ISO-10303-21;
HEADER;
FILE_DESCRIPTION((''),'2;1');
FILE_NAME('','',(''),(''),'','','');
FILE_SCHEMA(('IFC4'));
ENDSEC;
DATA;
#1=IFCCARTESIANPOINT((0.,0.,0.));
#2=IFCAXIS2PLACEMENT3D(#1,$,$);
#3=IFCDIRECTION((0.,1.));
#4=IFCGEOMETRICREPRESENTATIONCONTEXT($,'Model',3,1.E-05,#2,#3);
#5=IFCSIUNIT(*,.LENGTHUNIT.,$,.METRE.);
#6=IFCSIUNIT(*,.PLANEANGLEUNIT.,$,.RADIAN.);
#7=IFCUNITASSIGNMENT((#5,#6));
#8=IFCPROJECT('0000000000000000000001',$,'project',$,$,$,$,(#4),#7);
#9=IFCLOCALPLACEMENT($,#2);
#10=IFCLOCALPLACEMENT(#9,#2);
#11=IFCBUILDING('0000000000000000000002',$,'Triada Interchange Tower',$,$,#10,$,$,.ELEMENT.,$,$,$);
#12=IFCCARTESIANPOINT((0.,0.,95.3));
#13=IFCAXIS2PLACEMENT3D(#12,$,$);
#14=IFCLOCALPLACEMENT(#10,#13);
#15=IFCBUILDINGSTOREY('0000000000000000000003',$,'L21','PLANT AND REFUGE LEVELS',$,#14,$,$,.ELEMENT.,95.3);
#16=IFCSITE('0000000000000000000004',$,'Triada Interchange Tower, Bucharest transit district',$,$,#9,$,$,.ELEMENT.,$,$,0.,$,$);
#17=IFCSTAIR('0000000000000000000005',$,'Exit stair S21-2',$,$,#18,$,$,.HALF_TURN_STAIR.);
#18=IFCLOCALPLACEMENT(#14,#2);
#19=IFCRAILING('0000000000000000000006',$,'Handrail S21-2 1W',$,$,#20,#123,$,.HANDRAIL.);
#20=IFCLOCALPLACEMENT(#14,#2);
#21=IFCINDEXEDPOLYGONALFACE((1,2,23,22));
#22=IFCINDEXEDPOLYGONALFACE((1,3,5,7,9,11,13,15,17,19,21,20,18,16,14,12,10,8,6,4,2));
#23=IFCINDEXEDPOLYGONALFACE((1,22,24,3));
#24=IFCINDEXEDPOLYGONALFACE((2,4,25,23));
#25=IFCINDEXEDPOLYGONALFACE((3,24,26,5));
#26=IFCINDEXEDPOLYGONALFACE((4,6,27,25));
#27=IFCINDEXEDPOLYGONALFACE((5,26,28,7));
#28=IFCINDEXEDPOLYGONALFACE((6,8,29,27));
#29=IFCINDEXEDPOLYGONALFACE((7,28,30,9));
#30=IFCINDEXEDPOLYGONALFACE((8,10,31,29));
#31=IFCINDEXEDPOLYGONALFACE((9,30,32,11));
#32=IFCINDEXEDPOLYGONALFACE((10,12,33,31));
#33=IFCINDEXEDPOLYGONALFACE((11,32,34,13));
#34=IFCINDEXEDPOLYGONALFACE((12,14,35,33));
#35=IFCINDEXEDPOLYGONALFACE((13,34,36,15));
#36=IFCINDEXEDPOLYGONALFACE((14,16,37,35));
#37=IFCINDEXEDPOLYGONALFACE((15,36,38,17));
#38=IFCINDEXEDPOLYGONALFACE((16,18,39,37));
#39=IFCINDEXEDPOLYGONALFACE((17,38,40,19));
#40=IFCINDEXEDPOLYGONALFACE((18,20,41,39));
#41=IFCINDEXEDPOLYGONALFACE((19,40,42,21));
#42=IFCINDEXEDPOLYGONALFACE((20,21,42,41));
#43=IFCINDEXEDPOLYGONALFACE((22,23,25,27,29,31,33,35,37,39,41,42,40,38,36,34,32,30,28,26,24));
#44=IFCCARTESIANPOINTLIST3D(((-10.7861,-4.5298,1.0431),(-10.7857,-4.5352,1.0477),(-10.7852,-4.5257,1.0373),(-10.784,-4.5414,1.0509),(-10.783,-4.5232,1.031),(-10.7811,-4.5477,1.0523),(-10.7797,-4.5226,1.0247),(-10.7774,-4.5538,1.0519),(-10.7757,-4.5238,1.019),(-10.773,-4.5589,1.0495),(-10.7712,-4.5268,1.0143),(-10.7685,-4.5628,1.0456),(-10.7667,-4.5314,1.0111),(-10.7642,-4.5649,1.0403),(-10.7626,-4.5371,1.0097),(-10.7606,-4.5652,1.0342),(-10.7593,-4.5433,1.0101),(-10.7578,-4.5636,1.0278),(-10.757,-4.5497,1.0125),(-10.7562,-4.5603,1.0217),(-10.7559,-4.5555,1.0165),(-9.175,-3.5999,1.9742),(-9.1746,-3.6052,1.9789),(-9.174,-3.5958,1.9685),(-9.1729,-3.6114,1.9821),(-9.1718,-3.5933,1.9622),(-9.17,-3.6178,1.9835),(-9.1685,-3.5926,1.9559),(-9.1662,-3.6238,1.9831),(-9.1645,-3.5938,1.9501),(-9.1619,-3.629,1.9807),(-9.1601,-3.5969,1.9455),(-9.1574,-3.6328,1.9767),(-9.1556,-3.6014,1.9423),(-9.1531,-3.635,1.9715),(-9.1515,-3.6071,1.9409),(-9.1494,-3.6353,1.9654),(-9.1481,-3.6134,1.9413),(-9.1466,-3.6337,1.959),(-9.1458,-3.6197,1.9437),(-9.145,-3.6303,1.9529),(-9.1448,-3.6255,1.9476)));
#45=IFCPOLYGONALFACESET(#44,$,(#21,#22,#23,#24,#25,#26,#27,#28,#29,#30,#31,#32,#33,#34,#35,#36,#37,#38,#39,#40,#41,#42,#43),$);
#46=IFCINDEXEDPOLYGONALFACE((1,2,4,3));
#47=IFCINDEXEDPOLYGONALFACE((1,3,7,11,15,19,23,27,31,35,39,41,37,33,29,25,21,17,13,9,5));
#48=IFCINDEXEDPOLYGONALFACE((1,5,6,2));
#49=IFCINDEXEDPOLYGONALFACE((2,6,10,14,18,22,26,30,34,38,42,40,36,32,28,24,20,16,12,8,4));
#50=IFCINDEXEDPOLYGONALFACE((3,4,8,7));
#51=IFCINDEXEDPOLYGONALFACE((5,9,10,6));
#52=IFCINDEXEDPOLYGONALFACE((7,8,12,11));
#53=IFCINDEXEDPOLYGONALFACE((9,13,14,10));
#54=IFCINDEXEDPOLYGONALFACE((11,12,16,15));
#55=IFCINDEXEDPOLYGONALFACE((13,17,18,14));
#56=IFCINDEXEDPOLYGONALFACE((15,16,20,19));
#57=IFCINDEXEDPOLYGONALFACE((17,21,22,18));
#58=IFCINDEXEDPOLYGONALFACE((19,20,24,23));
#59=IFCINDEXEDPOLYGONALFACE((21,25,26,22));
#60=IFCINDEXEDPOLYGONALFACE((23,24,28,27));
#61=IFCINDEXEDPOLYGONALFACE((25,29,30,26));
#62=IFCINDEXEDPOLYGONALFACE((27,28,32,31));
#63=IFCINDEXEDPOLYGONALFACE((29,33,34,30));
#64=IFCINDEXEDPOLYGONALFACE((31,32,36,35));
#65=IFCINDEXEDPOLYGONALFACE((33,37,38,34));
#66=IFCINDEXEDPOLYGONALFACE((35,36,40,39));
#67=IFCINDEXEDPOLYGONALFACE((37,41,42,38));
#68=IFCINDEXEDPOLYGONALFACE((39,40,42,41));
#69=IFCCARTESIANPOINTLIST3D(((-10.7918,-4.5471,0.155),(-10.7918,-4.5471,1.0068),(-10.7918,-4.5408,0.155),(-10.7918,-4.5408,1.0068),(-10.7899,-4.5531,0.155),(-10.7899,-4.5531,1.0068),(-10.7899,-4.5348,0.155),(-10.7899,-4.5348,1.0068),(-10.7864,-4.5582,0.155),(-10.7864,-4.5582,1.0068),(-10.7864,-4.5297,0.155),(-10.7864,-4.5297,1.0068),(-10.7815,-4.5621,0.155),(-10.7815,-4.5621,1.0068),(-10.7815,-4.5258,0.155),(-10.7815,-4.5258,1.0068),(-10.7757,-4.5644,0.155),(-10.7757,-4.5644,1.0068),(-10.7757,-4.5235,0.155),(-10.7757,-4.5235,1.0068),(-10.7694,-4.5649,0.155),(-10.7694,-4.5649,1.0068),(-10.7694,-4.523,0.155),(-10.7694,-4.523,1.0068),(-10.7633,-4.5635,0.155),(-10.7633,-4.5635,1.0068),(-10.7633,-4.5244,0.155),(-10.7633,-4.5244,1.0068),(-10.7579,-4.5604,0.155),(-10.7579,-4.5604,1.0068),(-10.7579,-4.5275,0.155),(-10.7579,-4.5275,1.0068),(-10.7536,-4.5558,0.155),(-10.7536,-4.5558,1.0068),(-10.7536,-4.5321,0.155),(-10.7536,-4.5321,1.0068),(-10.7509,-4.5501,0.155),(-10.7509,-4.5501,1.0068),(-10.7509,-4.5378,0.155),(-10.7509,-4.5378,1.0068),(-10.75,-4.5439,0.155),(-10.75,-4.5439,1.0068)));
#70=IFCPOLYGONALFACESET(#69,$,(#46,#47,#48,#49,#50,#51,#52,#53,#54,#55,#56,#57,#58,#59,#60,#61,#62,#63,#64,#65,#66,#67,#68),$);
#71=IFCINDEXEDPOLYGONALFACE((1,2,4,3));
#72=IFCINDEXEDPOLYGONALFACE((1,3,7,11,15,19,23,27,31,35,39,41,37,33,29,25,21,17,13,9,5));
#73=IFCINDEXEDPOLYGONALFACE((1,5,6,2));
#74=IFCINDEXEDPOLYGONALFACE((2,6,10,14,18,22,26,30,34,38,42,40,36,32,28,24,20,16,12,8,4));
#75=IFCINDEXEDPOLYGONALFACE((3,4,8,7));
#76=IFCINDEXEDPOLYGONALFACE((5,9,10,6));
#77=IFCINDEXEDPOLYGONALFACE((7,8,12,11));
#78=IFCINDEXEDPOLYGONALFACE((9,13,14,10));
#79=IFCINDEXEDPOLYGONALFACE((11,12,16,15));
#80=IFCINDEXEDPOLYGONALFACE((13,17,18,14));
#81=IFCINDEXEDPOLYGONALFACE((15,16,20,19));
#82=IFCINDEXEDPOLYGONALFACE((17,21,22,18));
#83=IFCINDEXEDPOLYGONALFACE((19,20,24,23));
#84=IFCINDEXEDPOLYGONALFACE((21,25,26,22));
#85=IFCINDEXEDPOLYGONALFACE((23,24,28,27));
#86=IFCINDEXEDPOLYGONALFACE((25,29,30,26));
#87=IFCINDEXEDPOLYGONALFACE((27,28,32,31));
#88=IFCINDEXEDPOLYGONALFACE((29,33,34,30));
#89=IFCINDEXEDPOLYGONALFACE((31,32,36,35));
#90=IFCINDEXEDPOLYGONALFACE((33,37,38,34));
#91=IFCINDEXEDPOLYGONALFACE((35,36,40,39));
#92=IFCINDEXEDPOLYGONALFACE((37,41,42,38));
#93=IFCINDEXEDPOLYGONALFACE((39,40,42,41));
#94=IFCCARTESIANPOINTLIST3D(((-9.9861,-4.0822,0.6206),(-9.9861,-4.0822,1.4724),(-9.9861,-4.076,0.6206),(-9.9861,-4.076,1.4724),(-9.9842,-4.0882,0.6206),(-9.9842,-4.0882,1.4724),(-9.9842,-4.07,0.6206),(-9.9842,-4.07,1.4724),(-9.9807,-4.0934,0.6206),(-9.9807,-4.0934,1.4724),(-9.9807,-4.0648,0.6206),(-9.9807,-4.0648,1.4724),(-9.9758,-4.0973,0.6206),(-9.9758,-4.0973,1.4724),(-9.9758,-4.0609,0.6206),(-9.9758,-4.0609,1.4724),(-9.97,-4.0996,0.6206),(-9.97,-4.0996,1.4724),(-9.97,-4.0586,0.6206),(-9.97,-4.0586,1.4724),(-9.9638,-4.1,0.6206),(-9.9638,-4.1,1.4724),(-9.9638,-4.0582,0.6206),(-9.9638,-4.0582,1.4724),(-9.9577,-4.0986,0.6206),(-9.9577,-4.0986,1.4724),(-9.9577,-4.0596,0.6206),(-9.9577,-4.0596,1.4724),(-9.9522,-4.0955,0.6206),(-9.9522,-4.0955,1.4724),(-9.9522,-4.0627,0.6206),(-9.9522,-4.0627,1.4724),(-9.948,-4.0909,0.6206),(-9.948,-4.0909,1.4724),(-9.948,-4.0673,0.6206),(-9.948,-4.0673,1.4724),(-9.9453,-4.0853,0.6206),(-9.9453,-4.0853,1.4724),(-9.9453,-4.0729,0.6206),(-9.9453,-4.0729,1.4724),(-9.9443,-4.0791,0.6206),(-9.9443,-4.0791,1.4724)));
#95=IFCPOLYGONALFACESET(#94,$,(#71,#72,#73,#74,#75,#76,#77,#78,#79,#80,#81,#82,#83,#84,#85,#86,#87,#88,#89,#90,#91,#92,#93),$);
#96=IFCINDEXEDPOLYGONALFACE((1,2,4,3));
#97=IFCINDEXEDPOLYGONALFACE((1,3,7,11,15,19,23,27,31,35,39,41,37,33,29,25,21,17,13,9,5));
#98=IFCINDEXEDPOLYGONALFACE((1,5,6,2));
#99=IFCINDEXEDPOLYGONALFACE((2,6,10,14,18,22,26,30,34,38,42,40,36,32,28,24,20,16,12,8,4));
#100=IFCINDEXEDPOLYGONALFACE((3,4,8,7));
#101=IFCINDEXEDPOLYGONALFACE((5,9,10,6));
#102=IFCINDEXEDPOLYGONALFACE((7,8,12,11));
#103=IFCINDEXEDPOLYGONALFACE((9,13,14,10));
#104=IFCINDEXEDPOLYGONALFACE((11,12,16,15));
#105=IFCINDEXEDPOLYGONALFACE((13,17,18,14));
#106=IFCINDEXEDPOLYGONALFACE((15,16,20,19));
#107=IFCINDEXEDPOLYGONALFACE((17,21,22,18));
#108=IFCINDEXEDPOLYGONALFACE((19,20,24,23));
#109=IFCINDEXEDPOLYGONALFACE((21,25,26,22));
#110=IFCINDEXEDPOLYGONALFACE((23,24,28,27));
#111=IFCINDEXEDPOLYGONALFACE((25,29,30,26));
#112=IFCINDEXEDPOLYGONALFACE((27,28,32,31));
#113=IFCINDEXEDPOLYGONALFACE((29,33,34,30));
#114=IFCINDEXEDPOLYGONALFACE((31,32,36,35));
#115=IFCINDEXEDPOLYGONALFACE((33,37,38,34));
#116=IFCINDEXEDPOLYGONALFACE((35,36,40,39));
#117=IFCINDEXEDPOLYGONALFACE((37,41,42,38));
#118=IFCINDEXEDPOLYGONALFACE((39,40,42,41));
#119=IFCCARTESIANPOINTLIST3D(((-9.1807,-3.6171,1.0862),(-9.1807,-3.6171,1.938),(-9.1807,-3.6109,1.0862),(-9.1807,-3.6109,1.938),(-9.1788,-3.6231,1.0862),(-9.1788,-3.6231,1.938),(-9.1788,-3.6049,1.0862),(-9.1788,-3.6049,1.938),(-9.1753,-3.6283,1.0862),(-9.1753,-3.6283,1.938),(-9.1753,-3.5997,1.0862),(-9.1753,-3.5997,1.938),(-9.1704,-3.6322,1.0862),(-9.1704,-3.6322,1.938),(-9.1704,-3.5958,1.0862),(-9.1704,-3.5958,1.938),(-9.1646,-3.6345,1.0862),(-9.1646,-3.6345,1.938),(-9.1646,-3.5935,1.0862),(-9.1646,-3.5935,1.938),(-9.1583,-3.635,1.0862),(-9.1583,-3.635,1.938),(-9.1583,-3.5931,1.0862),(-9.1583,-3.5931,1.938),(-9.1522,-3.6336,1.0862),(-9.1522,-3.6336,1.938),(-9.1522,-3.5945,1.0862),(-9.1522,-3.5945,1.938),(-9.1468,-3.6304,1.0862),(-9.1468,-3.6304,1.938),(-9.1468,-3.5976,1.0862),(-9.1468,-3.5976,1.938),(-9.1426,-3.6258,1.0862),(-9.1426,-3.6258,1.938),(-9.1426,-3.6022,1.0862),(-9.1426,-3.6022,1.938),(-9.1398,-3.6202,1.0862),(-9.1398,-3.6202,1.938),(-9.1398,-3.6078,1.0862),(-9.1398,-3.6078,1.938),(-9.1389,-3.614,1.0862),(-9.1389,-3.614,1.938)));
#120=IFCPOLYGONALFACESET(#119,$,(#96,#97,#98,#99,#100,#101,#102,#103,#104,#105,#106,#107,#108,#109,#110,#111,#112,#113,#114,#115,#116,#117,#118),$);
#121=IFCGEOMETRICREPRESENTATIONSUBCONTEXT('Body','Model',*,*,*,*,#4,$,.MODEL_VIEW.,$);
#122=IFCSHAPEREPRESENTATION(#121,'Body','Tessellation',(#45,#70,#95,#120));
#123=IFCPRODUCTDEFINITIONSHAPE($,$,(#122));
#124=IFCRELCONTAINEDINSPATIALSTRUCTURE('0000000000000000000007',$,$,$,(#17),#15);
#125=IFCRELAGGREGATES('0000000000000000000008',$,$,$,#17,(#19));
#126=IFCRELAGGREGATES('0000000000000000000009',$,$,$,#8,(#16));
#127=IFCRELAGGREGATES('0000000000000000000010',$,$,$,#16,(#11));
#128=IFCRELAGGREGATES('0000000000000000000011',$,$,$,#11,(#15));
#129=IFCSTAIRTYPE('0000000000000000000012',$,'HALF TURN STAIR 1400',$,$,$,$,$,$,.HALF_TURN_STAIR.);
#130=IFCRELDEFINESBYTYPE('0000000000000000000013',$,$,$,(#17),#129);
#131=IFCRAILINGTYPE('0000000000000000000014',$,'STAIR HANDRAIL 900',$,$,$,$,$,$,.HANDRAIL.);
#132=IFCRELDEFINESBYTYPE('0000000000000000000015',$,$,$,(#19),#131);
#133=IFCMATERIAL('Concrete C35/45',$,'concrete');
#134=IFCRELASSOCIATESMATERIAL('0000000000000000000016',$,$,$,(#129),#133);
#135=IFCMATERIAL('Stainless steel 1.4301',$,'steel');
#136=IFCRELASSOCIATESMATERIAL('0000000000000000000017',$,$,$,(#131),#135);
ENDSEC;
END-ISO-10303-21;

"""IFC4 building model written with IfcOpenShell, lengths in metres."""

from ifc_helpers import new_model, si_unit, direction, frame, origin, origin_2d, place, context, subcontext, project, spatial, circle, extrude, material, type_object, element, aggregate, save


model = new_model("IFC4")

# Units and contexts
model_context = context("Model", 3, precision=1e-05, world=origin(), true_north=direction((0.0, 1.0)))
body_context = subcontext(model_context, "Body", "Model", "MODEL_VIEW")
ifc_project = project(units=[si_unit("LENGTHUNIT", "METRE"), si_unit("PLANEANGLEUNIT", "RADIAN")], contexts=[model_context])

# Site, building, storey
site_placement = place(None, origin())
site = spatial("IfcSite", under=ifc_project, at=site_placement, Name="Triada Interchange Tower, Bucharest transit district", CompositionType="ELEMENT", RefElevation=0.0)
building_placement = place(site_placement, origin())
building = spatial("IfcBuilding", under=site, at=building_placement, Name="Triada Interchange Tower", CompositionType="ELEMENT")
storey_placement = place(building_placement, frame((0.0, 0.0, 95.3)))
storey = spatial("IfcBuildingStorey", under=building, at=storey_placement, Name="L21", Description="PLANT AND REFUGE LEVELS", CompositionType="ELEMENT", Elevation=95.3)

# Shared definitions
ifc_material_1 = material(Name="Concrete C35/45", Category="concrete")

# Stair, railing
stair_type = type_object("IfcStairType", Name="HALF TURN STAIR 1400", PredefinedType="HALF_TURN_STAIR", material=ifc_material_1)
stair_placement = place(storey_placement, origin())
stair = element("IfcStair", 1, at=stair_placement, inside=storey, type_object=stair_type, Name="Exit stair S21-2", PredefinedType="HALF_TURN_STAIR")
ifc_material_2 = material(Name="Stainless steel 1.4301", Category="steel")
railing_type_1 = type_object("IfcRailingType", Name="STAIR HANDRAIL 900", PredefinedType="HANDRAIL", material=ifc_material_2)
railing_1_placement = place(storey_placement, frame((-10.771, -4.5439, 0.155)))
railing_1 = element("IfcRailing", 2, at=railing_1_placement, type_object=railing_type_1, Name="Handrail S21-2 1W", PredefinedType="HANDRAIL", context=body_context, shape_type="SweptSolid", body=[
    extrude(circle(Radius=0.0239, at=origin_2d()), frame((0.0, 0.0, 0.876), z_axis=(0.774469, 0.44703, 0.447617), x_axis=(-0.499908, 0.866079, 0.0)), (0.0, 0.0, 1.0), 2.0803),
    extrude(circle(Radius=0.021, at=origin_2d()), origin(), (0.0, 0.0, 1.0), 0.8518),
    extrude(circle(Radius=0.021, at=origin_2d()), frame((0.8057, 0.4648, 0.4656)), (0.0, 0.0, 1.0), 0.8518),
    extrude(circle(Radius=0.021, at=origin_2d()), frame((1.6111, 0.9299, 0.9312)), (0.0, 0.0, 1.0), 0.8518),
])
aggregate(stair, [railing_1])

save(model, "model.ifc")
